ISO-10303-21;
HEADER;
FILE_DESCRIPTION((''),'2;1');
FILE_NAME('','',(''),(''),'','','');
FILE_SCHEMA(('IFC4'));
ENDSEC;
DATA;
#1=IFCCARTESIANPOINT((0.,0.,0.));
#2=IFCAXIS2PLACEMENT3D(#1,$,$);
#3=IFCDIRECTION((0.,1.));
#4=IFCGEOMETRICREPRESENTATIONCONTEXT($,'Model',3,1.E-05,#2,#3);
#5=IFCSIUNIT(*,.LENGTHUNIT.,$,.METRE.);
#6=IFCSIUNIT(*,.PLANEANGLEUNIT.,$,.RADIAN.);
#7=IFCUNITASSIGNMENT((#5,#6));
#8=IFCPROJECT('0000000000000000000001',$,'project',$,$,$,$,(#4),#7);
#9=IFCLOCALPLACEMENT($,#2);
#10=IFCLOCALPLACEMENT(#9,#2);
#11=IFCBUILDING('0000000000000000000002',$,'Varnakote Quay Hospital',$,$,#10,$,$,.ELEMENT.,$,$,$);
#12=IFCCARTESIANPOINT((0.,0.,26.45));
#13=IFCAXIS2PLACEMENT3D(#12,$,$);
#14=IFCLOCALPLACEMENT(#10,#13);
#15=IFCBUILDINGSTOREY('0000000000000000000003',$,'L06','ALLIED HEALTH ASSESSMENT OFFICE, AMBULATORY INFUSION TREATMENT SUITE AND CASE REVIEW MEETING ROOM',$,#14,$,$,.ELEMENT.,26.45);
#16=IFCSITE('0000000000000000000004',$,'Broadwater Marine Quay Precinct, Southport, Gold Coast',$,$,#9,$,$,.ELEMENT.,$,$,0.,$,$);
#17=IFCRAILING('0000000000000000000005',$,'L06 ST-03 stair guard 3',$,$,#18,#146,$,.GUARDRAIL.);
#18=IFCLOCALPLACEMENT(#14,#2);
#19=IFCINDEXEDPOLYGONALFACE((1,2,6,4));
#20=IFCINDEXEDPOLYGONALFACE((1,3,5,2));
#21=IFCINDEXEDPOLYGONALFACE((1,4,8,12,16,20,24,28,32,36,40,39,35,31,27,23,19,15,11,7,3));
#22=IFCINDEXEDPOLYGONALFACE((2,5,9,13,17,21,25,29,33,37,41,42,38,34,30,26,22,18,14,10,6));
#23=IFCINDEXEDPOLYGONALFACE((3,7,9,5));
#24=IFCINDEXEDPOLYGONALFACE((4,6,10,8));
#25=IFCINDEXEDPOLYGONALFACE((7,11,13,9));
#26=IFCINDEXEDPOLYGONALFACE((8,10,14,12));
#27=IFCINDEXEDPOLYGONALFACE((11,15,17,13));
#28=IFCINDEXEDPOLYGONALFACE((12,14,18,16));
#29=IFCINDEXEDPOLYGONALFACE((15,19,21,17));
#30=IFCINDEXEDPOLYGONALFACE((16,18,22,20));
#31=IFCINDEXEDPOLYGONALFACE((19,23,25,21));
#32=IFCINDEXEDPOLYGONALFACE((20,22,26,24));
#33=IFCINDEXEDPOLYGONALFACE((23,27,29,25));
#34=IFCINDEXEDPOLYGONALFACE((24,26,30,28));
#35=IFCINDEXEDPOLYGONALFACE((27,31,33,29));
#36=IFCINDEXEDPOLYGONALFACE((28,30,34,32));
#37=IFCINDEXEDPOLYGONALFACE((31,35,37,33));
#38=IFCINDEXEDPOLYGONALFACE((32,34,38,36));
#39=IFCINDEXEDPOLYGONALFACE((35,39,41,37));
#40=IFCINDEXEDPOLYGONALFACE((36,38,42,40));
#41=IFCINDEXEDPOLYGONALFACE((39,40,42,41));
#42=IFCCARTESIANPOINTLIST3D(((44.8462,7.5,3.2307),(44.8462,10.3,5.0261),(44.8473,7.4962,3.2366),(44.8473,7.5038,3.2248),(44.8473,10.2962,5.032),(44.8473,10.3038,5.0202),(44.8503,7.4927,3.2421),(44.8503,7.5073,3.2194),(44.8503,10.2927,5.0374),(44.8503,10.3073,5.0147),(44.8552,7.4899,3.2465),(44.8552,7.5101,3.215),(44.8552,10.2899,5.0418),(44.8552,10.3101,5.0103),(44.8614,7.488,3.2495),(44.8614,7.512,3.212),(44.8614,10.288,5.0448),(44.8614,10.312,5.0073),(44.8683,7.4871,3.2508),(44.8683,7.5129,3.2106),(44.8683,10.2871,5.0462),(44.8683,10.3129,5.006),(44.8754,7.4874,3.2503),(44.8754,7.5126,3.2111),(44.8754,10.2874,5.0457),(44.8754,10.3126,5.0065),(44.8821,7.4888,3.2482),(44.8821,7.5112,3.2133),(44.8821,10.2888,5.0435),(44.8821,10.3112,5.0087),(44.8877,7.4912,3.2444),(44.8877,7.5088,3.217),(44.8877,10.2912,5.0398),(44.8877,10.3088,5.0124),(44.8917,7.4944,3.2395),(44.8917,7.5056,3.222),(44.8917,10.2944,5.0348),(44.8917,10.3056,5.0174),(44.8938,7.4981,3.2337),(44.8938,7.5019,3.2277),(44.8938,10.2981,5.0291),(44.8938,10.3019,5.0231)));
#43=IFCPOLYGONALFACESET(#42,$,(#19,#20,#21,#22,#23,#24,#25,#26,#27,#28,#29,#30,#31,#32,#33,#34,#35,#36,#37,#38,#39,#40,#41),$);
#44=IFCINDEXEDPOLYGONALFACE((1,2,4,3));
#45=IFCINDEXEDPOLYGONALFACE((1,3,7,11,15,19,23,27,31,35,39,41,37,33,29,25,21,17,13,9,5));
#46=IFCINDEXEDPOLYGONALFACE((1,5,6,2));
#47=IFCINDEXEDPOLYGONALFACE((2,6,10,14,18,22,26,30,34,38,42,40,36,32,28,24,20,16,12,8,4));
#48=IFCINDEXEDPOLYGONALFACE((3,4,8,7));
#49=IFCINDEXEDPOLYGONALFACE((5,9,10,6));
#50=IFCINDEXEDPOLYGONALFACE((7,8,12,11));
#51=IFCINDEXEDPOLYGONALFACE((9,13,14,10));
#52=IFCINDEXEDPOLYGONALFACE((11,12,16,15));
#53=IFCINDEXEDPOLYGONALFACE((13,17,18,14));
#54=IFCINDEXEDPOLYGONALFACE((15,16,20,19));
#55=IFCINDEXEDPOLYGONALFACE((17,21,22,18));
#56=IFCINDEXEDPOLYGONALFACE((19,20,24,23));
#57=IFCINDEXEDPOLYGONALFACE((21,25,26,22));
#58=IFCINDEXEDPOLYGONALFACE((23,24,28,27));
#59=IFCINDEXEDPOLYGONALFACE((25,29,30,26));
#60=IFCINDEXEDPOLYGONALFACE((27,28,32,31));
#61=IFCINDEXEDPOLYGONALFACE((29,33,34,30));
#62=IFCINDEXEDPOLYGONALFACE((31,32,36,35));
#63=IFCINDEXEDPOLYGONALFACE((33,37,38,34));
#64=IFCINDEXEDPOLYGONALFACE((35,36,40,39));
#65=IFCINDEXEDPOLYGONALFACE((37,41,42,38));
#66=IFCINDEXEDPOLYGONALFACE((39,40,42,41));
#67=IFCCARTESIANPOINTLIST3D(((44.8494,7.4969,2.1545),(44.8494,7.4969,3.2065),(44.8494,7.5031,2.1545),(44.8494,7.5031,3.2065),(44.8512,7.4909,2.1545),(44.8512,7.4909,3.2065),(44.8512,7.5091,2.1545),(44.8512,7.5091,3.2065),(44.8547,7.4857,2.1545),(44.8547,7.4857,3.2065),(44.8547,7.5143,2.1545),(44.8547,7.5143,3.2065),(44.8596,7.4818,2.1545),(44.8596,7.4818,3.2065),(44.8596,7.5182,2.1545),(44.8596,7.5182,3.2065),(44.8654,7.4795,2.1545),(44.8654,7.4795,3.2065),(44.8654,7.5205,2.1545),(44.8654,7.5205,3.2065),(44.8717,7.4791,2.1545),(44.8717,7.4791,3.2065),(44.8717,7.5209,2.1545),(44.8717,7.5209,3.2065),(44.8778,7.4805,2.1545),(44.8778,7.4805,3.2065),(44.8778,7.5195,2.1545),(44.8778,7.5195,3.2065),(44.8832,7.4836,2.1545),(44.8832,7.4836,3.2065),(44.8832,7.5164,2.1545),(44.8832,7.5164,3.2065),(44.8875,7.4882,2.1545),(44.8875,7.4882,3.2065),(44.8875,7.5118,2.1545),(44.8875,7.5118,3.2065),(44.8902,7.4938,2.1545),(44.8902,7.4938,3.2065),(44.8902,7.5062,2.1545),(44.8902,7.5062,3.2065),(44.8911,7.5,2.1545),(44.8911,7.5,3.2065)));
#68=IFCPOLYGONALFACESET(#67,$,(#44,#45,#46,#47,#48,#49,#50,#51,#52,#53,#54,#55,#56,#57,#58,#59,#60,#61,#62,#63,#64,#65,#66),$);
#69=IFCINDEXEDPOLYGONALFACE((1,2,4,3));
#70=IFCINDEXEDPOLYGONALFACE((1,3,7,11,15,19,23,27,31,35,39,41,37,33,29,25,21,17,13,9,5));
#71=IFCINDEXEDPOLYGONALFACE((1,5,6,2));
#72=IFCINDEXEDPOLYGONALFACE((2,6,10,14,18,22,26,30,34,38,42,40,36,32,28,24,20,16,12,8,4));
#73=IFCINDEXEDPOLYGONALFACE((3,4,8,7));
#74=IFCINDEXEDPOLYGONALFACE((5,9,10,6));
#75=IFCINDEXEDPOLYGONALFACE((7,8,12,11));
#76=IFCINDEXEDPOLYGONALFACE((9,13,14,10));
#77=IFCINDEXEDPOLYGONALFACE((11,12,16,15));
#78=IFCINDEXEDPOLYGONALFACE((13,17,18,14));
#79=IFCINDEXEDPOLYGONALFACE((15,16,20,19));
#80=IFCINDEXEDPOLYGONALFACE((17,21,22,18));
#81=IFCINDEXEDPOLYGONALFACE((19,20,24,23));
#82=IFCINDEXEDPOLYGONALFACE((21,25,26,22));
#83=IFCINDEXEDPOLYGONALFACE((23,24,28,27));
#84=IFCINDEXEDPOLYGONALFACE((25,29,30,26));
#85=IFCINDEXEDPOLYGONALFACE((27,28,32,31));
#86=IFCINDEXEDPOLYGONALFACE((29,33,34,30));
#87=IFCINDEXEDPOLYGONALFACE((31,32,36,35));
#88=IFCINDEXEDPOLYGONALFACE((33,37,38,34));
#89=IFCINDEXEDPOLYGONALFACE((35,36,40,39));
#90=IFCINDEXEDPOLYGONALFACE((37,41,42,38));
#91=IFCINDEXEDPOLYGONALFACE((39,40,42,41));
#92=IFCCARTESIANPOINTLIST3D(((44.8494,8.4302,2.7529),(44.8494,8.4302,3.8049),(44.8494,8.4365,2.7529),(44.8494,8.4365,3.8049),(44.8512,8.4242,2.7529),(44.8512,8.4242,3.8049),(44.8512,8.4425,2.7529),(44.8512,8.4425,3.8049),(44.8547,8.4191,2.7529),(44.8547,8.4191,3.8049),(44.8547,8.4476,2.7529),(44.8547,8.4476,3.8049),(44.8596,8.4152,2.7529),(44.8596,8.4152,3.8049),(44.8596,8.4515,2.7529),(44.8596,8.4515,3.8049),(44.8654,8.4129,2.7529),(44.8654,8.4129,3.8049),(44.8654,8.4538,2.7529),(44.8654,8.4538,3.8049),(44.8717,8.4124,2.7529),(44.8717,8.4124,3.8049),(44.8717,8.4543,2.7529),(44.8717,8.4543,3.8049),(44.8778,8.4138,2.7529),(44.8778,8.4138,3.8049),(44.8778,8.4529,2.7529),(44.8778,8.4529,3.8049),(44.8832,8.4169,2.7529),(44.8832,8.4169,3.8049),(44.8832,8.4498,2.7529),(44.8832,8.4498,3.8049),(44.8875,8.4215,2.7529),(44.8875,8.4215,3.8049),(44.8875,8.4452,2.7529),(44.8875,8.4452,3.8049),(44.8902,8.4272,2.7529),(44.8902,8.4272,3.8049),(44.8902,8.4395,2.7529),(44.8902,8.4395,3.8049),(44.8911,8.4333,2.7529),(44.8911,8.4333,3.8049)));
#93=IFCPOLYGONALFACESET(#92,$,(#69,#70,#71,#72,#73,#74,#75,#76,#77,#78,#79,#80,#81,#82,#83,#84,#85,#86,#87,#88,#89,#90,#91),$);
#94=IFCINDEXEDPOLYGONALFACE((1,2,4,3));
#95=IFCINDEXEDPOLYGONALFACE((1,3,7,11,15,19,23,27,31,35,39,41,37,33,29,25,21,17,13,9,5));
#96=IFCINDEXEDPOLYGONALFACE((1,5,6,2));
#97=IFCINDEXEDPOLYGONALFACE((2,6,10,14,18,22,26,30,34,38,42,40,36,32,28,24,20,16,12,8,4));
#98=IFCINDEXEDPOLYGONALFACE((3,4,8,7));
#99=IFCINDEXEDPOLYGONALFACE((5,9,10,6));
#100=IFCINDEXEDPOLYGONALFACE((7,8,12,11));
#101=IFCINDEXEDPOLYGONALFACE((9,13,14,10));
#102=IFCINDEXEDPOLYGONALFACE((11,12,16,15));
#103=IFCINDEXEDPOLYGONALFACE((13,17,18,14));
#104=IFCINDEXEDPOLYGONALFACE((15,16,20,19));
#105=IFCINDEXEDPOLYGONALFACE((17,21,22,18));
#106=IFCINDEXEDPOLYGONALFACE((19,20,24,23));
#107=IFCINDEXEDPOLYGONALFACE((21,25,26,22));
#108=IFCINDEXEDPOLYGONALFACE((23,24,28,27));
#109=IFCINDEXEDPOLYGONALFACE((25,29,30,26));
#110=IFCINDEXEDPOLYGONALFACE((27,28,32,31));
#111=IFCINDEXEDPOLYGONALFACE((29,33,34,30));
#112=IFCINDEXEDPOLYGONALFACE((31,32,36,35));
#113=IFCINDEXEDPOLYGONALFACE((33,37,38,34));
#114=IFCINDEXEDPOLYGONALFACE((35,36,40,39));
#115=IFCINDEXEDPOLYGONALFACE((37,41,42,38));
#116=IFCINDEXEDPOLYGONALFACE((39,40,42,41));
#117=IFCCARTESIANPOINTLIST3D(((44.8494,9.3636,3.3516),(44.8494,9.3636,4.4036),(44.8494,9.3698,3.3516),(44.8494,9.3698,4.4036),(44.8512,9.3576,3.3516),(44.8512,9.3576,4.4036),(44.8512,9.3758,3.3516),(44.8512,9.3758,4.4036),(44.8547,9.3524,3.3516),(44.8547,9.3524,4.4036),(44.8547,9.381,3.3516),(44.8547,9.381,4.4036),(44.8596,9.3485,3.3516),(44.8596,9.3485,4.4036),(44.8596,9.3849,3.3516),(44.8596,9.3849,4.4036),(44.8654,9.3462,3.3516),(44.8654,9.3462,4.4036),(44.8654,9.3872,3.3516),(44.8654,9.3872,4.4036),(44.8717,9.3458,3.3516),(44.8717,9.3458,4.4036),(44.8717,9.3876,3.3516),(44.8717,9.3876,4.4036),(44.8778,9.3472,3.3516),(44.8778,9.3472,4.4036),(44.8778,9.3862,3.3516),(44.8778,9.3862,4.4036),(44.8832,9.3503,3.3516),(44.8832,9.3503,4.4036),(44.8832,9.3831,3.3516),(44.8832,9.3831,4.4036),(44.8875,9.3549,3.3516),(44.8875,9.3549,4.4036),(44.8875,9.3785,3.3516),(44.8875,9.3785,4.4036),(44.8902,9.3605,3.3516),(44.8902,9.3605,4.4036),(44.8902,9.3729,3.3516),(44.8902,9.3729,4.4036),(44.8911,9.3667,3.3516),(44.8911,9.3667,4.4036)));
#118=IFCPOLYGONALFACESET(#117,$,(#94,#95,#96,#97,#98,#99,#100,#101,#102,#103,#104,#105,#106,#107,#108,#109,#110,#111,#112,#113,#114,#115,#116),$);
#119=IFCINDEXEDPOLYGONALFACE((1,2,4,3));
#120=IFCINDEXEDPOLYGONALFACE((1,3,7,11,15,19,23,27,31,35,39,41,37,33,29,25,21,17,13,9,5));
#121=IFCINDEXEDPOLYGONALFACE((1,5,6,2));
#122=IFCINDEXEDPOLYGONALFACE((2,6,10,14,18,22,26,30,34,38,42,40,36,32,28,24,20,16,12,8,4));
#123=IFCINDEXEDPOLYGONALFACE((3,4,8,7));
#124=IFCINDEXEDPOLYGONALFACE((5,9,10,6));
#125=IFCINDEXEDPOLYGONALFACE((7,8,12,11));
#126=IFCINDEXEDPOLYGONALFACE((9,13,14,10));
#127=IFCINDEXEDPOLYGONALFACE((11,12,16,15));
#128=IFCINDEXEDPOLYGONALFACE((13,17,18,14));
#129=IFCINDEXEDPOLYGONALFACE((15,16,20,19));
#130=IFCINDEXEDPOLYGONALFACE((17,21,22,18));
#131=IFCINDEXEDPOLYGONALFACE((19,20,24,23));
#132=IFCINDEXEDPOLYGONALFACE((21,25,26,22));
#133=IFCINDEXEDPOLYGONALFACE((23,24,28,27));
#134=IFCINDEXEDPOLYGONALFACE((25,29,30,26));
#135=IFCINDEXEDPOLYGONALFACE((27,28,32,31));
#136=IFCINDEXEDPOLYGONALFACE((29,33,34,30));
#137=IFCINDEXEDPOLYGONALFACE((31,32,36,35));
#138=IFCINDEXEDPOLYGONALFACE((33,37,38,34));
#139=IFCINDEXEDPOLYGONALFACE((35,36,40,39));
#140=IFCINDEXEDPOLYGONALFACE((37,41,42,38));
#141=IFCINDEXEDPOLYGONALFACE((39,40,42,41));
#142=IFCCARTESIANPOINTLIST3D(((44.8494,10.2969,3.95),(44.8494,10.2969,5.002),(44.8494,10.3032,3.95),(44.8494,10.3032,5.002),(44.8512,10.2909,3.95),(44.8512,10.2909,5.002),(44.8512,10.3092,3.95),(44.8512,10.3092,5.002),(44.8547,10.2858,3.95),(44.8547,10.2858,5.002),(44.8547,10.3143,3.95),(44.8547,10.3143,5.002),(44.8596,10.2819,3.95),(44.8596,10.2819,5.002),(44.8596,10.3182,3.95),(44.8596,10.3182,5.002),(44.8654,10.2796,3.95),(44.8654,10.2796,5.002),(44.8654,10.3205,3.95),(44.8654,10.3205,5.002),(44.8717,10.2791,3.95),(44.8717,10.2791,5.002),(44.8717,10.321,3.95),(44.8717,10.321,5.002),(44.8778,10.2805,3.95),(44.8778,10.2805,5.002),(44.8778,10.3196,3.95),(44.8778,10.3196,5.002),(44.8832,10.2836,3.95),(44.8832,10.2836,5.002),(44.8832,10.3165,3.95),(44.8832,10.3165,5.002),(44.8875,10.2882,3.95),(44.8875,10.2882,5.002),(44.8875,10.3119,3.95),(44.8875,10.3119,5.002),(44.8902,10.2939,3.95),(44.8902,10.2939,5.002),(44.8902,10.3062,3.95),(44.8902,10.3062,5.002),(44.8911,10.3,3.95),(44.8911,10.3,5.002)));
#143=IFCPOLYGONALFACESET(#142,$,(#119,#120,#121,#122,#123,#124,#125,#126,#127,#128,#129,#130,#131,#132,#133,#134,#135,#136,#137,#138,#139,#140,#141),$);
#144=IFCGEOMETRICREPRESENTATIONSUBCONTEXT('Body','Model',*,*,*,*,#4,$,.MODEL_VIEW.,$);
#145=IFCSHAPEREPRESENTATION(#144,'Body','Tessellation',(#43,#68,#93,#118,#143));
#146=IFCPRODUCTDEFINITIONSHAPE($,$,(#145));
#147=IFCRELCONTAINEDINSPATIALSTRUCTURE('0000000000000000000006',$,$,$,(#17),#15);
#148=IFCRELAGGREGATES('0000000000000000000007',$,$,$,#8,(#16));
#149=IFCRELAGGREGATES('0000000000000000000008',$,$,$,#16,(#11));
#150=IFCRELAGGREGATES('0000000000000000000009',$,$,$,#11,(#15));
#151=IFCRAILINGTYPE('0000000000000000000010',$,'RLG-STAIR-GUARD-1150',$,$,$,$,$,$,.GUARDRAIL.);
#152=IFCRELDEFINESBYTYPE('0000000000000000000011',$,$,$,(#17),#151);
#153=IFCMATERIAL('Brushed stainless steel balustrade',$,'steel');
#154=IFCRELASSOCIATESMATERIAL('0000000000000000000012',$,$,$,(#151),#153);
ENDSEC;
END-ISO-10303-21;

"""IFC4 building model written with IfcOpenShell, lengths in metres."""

from ifc_helpers import new_model, si_unit, direction, frame, origin, origin_2d, place, context, subcontext, project, spatial, circle, extrude, material, type_object, element, save


model = new_model("IFC4")

# Units and contexts
model_context = context("Model", 3, precision=1e-05, world=origin(), true_north=direction((0.0, 1.0)))
body_context = subcontext(model_context, "Body", "Model", "MODEL_VIEW")
ifc_project = project(units=[si_unit("LENGTHUNIT", "METRE"), si_unit("PLANEANGLEUNIT", "RADIAN")], contexts=[model_context])

# Site, building, storey
site_placement = place(None, origin())
site = spatial("IfcSite", under=ifc_project, at=site_placement, Name="Broadwater Marine Quay Precinct, Southport, Gold Coast", CompositionType="ELEMENT", RefElevation=0.0)
building_placement = place(site_placement, origin())
building = spatial("IfcBuilding", under=site, at=building_placement, Name="Varnakote Quay Hospital", CompositionType="ELEMENT")
storey_placement = place(building_placement, frame((0.0, 0.0, 26.45)))
storey = spatial("IfcBuildingStorey", under=building, at=storey_placement, Name="L06", Description="ALLIED HEALTH ASSESSMENT OFFICE, AMBULATORY INFUSION TREATMENT SUITE AND CASE REVIEW MEETING ROOM", CompositionType="ELEMENT", Elevation=26.45)

# Railing
ifc_material_1 = material(Name="Brushed stainless steel balustrade", Category="steel")
railing_type_1 = type_object("IfcRailingType", Name="RLG-STAIR-GUARD-1150", PredefinedType="GUARDRAIL", material=ifc_material_1)
railing_1_placement = place(storey_placement, frame((44.8701, 7.5, 2.1545)))
element("IfcRailing", 1, at=railing_1_placement, inside=storey, type_object=railing_type_1, Name="L06 ST-03 stair guard 3", PredefinedType="GUARDRAIL", context=body_context, shape_type="SweptSolid", body=[
    extrude(circle(Radius=0.0239, at=origin_2d()), frame((0.0, 0.0, 1.0762), z_axis=(0.0, 0.84181, 0.539774), x_axis=(-1.0, 0.0, 0.0)), (0.0, 0.0, 1.0), 3.3262),
    extrude(circle(Radius=0.021, at=origin_2d()), origin(), (0.0, 0.0, 1.0), 1.052),
    extrude(circle(Radius=0.021, at=origin_2d()), frame((0.0, 0.9333, 0.5984)), (0.0, 0.0, 1.0), 1.052),
    extrude(circle(Radius=0.021, at=origin_2d()), frame((0.0, 1.8667, 1.197)), (0.0, 0.0, 1.0), 1.052),
    extrude(circle(Radius=0.021, at=origin_2d()), frame((0.0, 2.8, 1.7954)), (0.0, 0.0, 1.0), 1.052),
])

save(model, "model.ifc")
